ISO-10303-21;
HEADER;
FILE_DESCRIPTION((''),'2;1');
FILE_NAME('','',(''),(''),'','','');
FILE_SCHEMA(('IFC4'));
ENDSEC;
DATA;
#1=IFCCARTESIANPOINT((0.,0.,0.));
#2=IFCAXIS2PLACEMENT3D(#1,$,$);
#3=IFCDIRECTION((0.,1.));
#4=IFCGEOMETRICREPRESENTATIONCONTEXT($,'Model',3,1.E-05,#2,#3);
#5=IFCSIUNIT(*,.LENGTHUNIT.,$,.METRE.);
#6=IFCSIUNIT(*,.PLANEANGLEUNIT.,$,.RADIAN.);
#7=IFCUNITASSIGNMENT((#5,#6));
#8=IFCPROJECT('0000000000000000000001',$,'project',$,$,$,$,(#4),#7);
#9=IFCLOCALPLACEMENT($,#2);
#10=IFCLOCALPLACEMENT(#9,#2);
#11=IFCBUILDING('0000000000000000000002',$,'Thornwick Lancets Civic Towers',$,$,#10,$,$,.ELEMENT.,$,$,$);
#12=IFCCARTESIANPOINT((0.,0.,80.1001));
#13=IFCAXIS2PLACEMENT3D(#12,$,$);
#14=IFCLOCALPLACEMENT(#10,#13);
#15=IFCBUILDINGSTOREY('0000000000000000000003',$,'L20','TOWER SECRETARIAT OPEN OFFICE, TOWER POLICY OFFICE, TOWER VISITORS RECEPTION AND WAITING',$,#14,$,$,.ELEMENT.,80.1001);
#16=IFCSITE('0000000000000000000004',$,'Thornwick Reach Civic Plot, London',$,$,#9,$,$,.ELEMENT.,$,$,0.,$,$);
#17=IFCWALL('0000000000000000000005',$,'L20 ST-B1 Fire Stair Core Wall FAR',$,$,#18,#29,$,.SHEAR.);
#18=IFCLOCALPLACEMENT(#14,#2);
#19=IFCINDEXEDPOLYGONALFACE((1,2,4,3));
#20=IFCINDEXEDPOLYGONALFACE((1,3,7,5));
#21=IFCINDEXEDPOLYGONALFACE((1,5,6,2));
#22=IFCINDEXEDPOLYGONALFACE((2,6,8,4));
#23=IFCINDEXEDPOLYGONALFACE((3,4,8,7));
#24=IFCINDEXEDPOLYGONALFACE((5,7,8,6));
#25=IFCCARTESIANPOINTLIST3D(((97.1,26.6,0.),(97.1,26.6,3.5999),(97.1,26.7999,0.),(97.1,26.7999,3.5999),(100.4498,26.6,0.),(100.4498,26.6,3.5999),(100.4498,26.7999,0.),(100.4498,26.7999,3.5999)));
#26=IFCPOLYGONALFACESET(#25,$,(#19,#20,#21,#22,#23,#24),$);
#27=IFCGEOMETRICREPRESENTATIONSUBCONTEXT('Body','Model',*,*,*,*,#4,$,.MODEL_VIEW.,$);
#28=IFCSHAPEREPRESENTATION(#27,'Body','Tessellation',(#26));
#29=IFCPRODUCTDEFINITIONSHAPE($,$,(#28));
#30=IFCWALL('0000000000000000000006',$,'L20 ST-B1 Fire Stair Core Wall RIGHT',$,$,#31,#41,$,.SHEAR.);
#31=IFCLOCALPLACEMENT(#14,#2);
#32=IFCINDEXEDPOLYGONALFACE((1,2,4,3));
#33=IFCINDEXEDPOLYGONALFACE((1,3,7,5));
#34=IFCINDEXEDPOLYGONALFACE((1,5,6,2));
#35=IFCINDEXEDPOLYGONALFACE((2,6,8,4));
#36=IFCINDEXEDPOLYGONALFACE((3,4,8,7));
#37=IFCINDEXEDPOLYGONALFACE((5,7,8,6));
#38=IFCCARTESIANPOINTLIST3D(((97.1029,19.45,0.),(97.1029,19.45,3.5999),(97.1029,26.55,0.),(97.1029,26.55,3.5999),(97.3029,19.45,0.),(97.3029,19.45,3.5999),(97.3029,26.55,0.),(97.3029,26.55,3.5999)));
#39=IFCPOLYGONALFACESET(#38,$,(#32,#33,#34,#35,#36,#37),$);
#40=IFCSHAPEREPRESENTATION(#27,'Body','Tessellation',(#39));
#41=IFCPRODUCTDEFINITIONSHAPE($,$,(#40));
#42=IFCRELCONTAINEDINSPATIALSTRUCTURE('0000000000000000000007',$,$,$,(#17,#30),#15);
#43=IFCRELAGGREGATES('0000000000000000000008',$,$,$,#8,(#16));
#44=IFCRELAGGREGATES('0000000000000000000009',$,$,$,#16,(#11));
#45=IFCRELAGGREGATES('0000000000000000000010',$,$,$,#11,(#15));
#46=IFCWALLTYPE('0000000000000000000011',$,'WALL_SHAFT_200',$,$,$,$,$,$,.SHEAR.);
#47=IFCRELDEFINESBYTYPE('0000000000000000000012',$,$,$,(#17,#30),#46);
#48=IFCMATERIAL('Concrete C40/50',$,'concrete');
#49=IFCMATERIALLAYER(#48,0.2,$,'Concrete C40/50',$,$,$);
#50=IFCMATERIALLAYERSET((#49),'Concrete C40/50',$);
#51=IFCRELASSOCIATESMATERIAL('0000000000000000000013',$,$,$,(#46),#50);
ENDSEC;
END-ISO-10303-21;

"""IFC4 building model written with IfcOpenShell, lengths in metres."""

from ifc_helpers import new_model, si_unit, direction, frame, frame_2d, origin, place, context, subcontext, project, spatial, rectangle, extrude, material, layer, layer_set, type_object, element, save


model = new_model("IFC4")

# Units and contexts
model_context = context("Model", 3, precision=1e-05, world=origin(), true_north=direction((0.0, 1.0)))
body_context = subcontext(model_context, "Body", "Model", "MODEL_VIEW")
ifc_project = project(units=[si_unit("LENGTHUNIT", "METRE"), si_unit("PLANEANGLEUNIT", "RADIAN")], contexts=[model_context])

# Site, building, storey
site_placement = place(None, origin())
site = spatial("IfcSite", under=ifc_project, at=site_placement, Name="Thornwick Reach Civic Plot, London", CompositionType="ELEMENT", RefElevation=0.0)
building_placement = place(site_placement, origin())
building = spatial("IfcBuilding", under=site, at=building_placement, Name="Thornwick Lancets Civic Towers", CompositionType="ELEMENT")
storey_placement = place(building_placement, frame((0.0, 0.0, 80.1001)))
storey = spatial("IfcBuildingStorey", under=building, at=storey_placement, Name="L20", Description="TOWER SECRETARIAT OPEN OFFICE, TOWER POLICY OFFICE, TOWER VISITORS RECEPTION AND WAITING", CompositionType="ELEMENT", Elevation=80.1001)

# Walls
ifc_material_1 = material(Name="Concrete C40/50", Category="concrete")
ifc_layer_1 = layer(ifc_material_1, 0.2, Name="Concrete C40/50")
ifc_layer_set_1 = layer_set([ifc_layer_1], Name="Concrete C40/50")
wall_type_1 = type_object("IfcWallType", Name="WALL_SHAFT_200", PredefinedType="SHEAR", material=ifc_layer_set_1)
wall_1_placement = place(storey_placement, frame((97.1001, 26.7, 0.0), z_axis=(0.0, 0.0, 1.0), x_axis=(1.0, 0.0, 0.0)))
element("IfcWall", 1, at=wall_1_placement, inside=storey, type_object=wall_type_1, Name="L20 ST-B1 Fire Stair Core Wall FAR", PredefinedType="SHEAR", context=body_context, shape_type="SweptSolid", body=[
    extrude(rectangle(XDim=3.3499, YDim=0.2, at=frame_2d((1.6748, 0.0))), origin(), (0.0, 0.0, 1.0), 3.5999),
])
wall_2_placement = place(storey_placement, frame((97.2029, 26.55, 0.0), z_axis=(0.0, 0.0, 1.0), x_axis=(0.0, -1.0, 0.0)))
element("IfcWall", 2, at=wall_2_placement, inside=storey, type_object=wall_type_1, Name="L20 ST-B1 Fire Stair Core Wall RIGHT", PredefinedType="SHEAR", context=body_context, shape_type="SweptSolid", body=[
    extrude(rectangle(XDim=7.1001, YDim=0.2, at=frame_2d((3.55, 0.0))), origin(), (0.0, 0.0, 1.0), 3.5999),
])

save(model, "model.ifc")
